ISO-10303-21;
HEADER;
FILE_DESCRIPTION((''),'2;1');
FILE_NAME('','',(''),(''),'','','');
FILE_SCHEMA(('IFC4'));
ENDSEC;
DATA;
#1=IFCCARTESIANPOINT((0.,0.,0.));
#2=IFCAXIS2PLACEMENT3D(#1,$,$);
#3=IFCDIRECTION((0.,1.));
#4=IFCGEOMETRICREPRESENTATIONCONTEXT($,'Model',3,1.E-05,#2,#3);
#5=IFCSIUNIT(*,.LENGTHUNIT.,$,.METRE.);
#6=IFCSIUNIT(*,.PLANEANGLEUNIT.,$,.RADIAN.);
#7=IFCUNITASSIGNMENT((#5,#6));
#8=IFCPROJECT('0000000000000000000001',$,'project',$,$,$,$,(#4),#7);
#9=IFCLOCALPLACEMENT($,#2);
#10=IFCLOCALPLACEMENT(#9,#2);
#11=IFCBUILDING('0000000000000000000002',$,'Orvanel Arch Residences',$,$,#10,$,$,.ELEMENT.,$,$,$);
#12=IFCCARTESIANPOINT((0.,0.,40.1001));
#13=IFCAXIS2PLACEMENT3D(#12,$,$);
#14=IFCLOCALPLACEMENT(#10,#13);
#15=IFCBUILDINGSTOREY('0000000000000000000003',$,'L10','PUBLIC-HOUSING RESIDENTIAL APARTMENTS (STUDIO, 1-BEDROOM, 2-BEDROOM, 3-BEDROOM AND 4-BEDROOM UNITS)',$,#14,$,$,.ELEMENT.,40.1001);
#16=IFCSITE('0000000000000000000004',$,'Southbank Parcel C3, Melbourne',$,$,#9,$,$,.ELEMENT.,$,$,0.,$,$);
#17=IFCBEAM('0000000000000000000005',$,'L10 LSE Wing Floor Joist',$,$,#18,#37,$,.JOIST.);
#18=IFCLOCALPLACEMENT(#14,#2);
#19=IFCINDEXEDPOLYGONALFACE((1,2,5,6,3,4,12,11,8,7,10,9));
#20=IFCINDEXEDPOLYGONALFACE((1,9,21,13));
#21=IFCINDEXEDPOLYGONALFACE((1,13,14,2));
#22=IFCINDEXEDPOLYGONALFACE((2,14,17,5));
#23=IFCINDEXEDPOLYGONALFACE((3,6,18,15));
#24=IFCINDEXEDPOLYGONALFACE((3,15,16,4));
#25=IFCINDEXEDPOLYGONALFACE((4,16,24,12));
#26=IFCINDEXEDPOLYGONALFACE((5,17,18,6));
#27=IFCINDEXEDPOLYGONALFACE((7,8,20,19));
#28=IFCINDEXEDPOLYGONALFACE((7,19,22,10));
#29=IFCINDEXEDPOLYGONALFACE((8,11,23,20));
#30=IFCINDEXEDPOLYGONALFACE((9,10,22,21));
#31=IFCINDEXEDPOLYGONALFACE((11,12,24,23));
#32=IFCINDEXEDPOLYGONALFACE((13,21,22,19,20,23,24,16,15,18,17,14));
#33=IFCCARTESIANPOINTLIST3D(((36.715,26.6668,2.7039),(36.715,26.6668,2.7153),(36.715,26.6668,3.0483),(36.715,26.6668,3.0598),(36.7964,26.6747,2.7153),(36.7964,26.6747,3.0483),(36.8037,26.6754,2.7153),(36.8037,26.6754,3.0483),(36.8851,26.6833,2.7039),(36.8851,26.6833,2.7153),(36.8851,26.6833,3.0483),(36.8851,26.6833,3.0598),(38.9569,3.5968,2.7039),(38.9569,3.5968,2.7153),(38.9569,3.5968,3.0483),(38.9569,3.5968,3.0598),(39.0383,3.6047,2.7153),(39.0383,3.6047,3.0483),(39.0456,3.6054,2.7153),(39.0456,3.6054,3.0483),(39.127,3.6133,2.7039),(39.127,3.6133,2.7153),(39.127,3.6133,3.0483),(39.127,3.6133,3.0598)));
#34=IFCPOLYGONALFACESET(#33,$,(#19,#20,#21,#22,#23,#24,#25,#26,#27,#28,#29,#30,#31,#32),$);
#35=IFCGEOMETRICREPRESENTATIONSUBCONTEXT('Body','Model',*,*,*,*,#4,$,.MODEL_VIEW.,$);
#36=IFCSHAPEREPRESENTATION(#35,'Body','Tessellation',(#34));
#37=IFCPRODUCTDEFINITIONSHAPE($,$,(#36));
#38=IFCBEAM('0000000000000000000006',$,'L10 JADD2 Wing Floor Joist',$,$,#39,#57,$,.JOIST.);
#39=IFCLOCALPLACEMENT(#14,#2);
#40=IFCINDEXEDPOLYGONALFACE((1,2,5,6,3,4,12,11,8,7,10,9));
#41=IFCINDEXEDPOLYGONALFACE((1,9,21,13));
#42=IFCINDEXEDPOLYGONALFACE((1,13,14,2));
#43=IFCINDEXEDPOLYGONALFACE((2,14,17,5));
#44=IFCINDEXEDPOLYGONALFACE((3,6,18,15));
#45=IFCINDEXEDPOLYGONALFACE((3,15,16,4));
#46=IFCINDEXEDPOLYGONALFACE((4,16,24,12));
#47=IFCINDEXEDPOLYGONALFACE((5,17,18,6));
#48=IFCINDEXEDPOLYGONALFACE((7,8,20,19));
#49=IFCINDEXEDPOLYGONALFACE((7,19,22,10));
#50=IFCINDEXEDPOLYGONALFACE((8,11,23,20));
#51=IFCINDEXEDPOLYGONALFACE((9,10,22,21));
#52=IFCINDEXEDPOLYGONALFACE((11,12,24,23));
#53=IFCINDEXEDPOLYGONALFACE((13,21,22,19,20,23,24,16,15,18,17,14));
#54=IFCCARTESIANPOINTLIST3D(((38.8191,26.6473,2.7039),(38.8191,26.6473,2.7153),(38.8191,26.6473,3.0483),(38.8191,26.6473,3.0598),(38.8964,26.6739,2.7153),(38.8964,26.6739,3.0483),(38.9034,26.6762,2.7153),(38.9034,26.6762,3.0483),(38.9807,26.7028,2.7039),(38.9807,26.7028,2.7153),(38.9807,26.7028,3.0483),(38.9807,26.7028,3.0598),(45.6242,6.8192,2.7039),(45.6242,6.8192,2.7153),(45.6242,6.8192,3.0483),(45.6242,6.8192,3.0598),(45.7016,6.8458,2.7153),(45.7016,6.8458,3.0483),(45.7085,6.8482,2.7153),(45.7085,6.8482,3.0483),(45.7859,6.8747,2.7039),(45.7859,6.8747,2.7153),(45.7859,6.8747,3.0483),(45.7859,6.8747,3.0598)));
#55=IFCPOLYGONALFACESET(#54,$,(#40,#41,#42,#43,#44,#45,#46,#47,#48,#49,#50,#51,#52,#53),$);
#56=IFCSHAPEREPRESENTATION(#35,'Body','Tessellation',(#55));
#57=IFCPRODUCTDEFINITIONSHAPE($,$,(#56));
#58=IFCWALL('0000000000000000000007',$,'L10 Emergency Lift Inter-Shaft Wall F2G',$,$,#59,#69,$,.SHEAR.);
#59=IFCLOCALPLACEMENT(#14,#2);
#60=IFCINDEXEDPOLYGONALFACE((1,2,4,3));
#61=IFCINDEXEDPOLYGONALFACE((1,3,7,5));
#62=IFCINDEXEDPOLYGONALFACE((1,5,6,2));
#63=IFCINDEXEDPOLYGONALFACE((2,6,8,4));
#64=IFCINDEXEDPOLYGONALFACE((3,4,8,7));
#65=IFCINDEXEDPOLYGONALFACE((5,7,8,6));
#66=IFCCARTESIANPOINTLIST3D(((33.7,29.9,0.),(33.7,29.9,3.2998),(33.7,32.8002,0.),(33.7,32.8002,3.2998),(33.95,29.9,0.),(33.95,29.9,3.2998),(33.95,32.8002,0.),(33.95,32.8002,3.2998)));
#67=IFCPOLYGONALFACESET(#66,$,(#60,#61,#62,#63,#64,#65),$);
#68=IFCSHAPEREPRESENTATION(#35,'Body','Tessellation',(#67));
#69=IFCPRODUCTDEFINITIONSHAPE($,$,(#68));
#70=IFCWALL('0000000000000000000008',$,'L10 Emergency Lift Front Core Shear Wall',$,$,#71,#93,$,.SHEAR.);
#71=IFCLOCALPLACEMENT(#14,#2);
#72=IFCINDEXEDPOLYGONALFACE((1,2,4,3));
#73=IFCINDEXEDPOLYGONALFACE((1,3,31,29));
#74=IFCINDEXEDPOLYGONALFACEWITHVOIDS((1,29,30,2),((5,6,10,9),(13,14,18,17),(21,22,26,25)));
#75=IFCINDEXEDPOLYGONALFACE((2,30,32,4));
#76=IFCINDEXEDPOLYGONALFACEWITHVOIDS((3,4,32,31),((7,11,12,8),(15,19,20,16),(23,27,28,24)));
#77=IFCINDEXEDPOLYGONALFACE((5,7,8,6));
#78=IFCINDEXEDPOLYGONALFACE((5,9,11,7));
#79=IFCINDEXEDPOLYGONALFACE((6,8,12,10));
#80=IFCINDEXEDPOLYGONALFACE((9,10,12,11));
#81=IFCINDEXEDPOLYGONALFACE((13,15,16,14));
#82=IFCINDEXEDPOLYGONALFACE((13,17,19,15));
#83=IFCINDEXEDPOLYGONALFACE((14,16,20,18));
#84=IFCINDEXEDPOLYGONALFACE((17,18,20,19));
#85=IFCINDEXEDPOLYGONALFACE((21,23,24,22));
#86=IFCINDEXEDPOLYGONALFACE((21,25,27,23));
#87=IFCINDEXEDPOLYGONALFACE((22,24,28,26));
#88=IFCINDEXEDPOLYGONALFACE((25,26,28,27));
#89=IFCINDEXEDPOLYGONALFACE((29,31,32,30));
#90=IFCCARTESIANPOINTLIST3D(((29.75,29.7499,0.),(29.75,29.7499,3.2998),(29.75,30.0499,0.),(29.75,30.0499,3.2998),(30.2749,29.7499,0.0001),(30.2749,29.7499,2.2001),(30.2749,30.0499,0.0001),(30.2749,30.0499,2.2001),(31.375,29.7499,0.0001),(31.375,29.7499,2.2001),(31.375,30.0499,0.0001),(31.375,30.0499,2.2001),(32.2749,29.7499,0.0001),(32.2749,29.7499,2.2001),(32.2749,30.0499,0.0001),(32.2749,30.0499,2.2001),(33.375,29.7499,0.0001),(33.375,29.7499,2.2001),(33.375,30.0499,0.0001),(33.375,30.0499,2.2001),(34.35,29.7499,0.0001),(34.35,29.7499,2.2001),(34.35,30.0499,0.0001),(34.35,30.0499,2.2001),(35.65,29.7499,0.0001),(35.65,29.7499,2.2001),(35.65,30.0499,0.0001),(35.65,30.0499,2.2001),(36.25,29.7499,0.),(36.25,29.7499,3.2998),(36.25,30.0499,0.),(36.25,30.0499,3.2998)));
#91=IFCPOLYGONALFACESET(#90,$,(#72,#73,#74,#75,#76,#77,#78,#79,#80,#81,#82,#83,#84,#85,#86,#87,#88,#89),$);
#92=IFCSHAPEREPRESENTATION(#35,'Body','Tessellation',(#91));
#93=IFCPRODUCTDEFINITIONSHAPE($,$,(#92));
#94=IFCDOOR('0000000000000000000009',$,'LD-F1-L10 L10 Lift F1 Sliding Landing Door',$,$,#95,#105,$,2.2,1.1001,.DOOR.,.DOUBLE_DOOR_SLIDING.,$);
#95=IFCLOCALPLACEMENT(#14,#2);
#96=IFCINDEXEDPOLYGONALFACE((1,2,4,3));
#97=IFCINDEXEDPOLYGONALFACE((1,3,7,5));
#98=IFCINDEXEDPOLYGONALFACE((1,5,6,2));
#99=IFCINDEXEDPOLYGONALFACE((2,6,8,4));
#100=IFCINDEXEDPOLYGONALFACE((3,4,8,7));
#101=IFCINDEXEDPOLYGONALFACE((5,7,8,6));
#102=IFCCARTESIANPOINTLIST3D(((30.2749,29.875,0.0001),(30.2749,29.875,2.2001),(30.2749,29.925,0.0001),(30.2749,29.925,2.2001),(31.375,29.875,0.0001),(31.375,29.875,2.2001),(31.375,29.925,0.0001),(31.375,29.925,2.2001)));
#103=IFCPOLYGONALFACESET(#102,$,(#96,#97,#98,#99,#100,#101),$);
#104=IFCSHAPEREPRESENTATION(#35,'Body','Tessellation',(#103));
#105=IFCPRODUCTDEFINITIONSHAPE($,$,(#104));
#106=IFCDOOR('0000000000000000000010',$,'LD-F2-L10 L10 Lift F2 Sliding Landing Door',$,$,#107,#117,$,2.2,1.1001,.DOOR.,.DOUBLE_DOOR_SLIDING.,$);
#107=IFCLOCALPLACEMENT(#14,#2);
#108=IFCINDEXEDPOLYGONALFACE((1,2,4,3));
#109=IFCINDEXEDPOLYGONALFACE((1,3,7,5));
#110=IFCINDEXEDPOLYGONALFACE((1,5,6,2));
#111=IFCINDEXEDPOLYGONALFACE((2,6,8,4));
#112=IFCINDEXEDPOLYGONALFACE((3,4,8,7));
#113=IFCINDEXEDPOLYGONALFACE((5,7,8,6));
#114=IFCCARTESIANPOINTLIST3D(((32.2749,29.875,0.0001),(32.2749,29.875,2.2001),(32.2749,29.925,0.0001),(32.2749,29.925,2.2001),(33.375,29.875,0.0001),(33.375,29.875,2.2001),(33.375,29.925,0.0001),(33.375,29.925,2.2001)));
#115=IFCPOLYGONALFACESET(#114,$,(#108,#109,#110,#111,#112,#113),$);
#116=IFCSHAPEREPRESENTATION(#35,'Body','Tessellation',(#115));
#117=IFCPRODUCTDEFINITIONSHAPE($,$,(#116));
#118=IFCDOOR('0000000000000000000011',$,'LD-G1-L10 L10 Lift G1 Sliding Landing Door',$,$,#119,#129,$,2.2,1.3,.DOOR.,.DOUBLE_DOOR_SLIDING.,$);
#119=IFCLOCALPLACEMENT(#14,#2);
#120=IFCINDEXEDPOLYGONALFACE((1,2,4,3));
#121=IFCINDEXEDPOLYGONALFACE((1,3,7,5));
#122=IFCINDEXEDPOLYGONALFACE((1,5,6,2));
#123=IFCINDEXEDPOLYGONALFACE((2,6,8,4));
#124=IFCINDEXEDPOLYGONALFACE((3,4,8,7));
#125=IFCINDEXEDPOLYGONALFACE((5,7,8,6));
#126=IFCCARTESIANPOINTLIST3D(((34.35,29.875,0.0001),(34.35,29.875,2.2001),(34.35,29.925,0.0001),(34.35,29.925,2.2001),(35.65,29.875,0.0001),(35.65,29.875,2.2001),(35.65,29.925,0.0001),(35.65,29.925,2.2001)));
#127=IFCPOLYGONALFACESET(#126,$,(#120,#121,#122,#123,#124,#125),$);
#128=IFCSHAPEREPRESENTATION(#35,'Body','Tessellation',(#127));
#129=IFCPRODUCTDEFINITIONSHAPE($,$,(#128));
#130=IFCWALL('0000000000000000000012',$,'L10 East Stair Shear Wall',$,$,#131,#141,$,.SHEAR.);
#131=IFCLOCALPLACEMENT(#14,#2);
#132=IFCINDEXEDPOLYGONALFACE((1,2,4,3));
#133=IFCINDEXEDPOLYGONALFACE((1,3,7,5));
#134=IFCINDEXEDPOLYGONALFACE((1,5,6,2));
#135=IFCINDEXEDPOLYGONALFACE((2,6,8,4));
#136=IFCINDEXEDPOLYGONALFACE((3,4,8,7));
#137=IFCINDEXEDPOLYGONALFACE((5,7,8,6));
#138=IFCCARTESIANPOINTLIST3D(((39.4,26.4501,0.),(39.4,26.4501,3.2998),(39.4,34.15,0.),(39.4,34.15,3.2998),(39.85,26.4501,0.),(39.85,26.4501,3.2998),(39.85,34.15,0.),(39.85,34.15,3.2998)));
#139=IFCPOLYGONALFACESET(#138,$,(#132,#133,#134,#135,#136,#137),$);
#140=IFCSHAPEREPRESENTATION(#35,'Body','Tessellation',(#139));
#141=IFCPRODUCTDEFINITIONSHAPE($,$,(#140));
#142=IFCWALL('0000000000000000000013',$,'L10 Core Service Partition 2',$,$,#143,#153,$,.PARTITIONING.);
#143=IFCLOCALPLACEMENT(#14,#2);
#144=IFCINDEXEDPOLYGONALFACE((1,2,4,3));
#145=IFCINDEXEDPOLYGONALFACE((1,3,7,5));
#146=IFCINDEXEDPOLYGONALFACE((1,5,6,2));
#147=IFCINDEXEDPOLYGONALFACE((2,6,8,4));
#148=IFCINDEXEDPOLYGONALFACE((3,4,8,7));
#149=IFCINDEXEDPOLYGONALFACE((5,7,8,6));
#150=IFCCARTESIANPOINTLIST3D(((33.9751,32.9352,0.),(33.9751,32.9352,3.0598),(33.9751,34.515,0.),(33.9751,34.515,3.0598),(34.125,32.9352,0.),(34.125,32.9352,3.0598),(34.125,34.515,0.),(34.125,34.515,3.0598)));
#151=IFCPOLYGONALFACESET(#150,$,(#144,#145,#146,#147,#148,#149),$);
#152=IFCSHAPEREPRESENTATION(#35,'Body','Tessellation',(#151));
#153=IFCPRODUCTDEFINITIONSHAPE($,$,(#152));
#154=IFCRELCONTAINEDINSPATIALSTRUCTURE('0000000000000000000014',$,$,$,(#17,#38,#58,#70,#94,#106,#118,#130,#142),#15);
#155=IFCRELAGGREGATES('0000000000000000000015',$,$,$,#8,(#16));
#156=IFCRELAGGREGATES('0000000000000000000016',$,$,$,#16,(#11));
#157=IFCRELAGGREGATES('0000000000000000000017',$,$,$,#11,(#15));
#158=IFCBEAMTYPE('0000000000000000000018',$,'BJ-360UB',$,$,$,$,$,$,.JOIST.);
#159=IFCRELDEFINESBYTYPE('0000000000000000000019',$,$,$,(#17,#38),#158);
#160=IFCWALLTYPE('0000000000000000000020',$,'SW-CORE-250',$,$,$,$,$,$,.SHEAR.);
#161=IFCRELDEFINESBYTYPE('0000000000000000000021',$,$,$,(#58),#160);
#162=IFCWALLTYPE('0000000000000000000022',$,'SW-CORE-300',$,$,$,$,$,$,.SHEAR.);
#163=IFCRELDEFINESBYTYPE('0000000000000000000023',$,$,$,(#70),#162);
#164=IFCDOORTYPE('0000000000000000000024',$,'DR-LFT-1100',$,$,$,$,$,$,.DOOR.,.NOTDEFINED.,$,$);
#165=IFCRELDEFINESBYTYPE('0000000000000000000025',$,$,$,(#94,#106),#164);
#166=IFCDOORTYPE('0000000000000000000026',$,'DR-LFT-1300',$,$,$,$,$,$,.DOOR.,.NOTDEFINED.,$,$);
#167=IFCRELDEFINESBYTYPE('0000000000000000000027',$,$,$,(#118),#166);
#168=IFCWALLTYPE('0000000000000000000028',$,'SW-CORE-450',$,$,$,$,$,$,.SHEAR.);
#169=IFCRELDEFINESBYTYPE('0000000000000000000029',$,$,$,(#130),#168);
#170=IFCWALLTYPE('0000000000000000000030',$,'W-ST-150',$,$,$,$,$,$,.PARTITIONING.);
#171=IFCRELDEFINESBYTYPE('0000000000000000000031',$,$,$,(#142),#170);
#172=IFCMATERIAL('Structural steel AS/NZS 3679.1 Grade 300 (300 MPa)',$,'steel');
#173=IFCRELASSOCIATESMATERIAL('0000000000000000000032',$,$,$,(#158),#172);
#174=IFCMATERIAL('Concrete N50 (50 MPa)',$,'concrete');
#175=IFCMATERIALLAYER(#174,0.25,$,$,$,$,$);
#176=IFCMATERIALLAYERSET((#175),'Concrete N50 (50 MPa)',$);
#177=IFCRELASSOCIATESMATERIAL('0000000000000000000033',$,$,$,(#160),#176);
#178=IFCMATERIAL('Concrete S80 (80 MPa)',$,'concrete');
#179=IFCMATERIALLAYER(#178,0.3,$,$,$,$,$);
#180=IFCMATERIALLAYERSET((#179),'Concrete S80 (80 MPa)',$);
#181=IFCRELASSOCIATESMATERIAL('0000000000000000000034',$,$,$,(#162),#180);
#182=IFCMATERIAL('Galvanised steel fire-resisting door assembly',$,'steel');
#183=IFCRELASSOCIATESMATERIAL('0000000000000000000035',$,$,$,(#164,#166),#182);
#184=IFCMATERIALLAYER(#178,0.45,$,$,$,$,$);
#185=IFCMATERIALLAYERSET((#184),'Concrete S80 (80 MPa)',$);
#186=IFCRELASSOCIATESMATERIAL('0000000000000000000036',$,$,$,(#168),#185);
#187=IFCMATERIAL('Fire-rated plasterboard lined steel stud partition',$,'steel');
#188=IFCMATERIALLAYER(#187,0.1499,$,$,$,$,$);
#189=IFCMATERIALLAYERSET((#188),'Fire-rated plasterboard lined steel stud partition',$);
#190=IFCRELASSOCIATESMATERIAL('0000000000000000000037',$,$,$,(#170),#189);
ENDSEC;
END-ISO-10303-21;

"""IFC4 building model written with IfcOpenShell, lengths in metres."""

from ifc_helpers import new_model, si_unit, direction, frame, frame_2d, origin, origin_2d, place, context, subcontext, project, spatial, rectangle, i_section, extrude, material, layer, layer_set, material_profile, profile_set, type_object, element, fill, save


model = new_model("IFC4")

# Units and contexts
model_context = context("Model", 3, precision=1e-05, world=origin(), true_north=direction((0.0, 1.0)))
body_context = subcontext(model_context, "Body", "Model", "MODEL_VIEW")
ifc_project = project(units=[si_unit("LENGTHUNIT", "METRE"), si_unit("PLANEANGLEUNIT", "RADIAN")], contexts=[model_context])

# Site, building, storey
site_placement = place(None, origin())
site = spatial("IfcSite", under=ifc_project, at=site_placement, Name="Southbank Parcel C3, Melbourne", CompositionType="ELEMENT", RefElevation=0.0)
building_placement = place(site_placement, origin())
building = spatial("IfcBuilding", under=site, at=building_placement, Name="Orvanel Arch Residences", CompositionType="ELEMENT")
storey_placement = place(building_placement, frame((0.0, 0.0, 40.1001)))
storey = spatial("IfcBuildingStorey", under=building, at=storey_placement, Name="L10", Description="PUBLIC-HOUSING RESIDENTIAL APARTMENTS (STUDIO, 1-BEDROOM, 2-BEDROOM, 3-BEDROOM AND 4-BEDROOM UNITS)", CompositionType="ELEMENT", Elevation=40.1001)

# Beams
ifc_material_1 = material(Name="Structural steel AS/NZS 3679.1 Grade 300 (300 MPa)", Category="steel")
ifc_material_profile_1 = material_profile(ifc_material_1, i_section(OverallWidth=0.1709, OverallDepth=0.356, WebThickness=0.0073, FlangeThickness=0.0115, at=origin_2d()), Name="360UB50.7")
ifc_profile_set_1 = profile_set([ifc_material_profile_1], Name="Structural steel AS/NZS 3679.1 Grade 300 (300 MPa)")
beam_type_1 = type_object("IfcBeamType", Name="BJ-360UB", PredefinedType="JOIST", material=ifc_profile_set_1)
beam_1_placement = place(storey_placement, frame((36.8, 26.675, 2.8818), z_axis=(0.096724, -0.995311, 0.0), x_axis=(0.995311, 0.096724, 0.0)))
element("IfcBeam", 1, at=beam_1_placement, inside=storey, type_object=beam_type_1, Name="L10 LSE Wing Floor Joist", PredefinedType="JOIST", context=body_context, shape_type="SweptSolid", body=[
    extrude(i_section(OverallWidth=0.1709, OverallDepth=0.356, WebThickness=0.0073, FlangeThickness=0.0115, at=origin_2d()), origin(), (0.0, 0.0, 1.0), 23.1787),
])
beam_2_placement = place(storey_placement, frame((38.8999, 26.675, 2.8818), z_axis=(0.324621, -0.945844, 0.0), x_axis=(0.945844, 0.324621, 0.0)))
element("IfcBeam", 2, at=beam_2_placement, inside=storey, type_object=beam_type_1, Name="L10 JADD2 Wing Floor Joist", PredefinedType="JOIST", context=body_context, shape_type="SweptSolid", body=[
    extrude(i_section(OverallWidth=0.1709, OverallDepth=0.356, WebThickness=0.0073, FlangeThickness=0.0115, at=origin_2d()), origin(), (0.0, 0.0, 1.0), 20.9634),
])

# Wall
ifc_material_2 = material(Name="Concrete N50 (50 MPa)", Category="concrete")
ifc_layer_1 = layer(ifc_material_2, 0.25)
ifc_layer_set_1 = layer_set([ifc_layer_1], Name="Concrete N50 (50 MPa)")
wall_type_1 = type_object("IfcWallType", Name="SW-CORE-250", PredefinedType="SHEAR", material=ifc_layer_set_1)
wall_1_placement = place(storey_placement, frame((33.825, 29.8999, 0.0), z_axis=(0.0, 0.0, 1.0), x_axis=(0.0, 1.0, 0.0)))
element("IfcWall", 3, at=wall_1_placement, inside=storey, type_object=wall_type_1, Name="L10 Emergency Lift Inter-Shaft Wall F2G", PredefinedType="SHEAR", context=body_context, shape_type="SweptSolid", body=[
    extrude(rectangle(XDim=2.9001, YDim=0.25, at=frame_2d((1.4502, 0.0))), origin(), (0.0, 0.0, 1.0), 3.2998),
])

# Shared definitions
ifc_material_3 = material(Name="Concrete S80 (80 MPa)", Category="concrete")
ifc_layer_2 = layer(ifc_material_3, 0.3)
ifc_layer_set_2 = layer_set([ifc_layer_2], Name="Concrete S80 (80 MPa)")
wall_type_2 = type_object("IfcWallType", Name="SW-CORE-300", PredefinedType="SHEAR", material=ifc_layer_set_2)
ifc_material_4 = material(Name="Galvanised steel fire-resisting door assembly", Category="steel")

# Wall, openings, doors
wall_2_placement = place(storey_placement, frame((36.25, 29.8999, 0.0), z_axis=(0.0, 0.0, 1.0), x_axis=(-1.0, 0.0, 0.0)))
wall_2 = element("IfcWall", 4, at=wall_2_placement, inside=storey, type_object=wall_type_2, Name="L10 Emergency Lift Front Core Shear Wall", PredefinedType="SHEAR", context=body_context, shape_type="SweptSolid", body=[
    extrude(rectangle(XDim=6.5, YDim=0.3, at=frame_2d((3.25, 0.0))), origin(), (0.0, 0.0, 1.0), 3.2998),
])
opening_1_placement = place(wall_2_placement, frame((4.875, 0.0, 0.0)))
opening_1 = element("IfcOpeningElement", 5, at=opening_1_placement, cuts=wall_2, PredefinedType="OPENING", context=body_context, shape_type="SweptSolid", body=[
    extrude(rectangle(XDim=1.1001, YDim=2.2, at=frame_2d((0.55, 1.1001))), frame((0.0, 0.1599, 0.0), z_axis=(0.0, -1.0, 0.0), x_axis=(1.0, 0.0, 0.0)), (0.0, 0.0, 1.0), 0.3201),
])
opening_2_placement = place(wall_2_placement, frame((2.875, 0.0, 0.0)))
opening_2 = element("IfcOpeningElement", 6, at=opening_2_placement, cuts=wall_2, PredefinedType="OPENING", context=body_context, shape_type="SweptSolid", body=[
    extrude(rectangle(XDim=1.1001, YDim=2.2, at=frame_2d((0.55, 1.1001))), frame((0.0, 0.1599, 0.0), z_axis=(0.0, -1.0, 0.0), x_axis=(1.0, 0.0, 0.0)), (0.0, 0.0, 1.0), 0.3201),
])
opening_3_placement = place(wall_2_placement, frame((0.6001, 0.0, 0.0)))
opening_3 = element("IfcOpeningElement", 7, at=opening_3_placement, cuts=wall_2, PredefinedType="OPENING", context=body_context, shape_type="SweptSolid", body=[
    extrude(rectangle(XDim=1.3, YDim=2.2, at=frame_2d((0.6499, 1.1001))), frame((0.0, 0.1599, 0.0), z_axis=(0.0, -1.0, 0.0), x_axis=(1.0, 0.0, 0.0)), (0.0, 0.0, 1.0), 0.3201),
])
door_type_1 = type_object("IfcDoorType", Name="DR-LFT-1100", OperationType="NOTDEFINED", PredefinedType="DOOR", material=ifc_material_4)
door_1_placement = place(opening_1_placement, origin())
door_1 = element("IfcDoor", 8, at=door_1_placement, inside=storey, type_object=door_type_1, Name="LD-F1-L10 L10 Lift F1 Sliding Landing Door", OperationType="DOUBLE_DOOR_SLIDING", OverallHeight=2.2, OverallWidth=1.1001, PredefinedType="DOOR", context=body_context, shape_type="SweptSolid", body=[
    extrude(rectangle(XDim=1.1001, YDim=2.2, at=frame_2d((0.55, 1.1001))), frame((0.0, 0.0249, 0.0), z_axis=(0.0, -1.0, 0.0), x_axis=(1.0, 0.0, 0.0)), (0.0, 0.0, 1.0), 0.05),
])
fill(opening_1, door_1)
door_2_placement = place(opening_2_placement, origin())
door_2 = element("IfcDoor", 9, at=door_2_placement, inside=storey, type_object=door_type_1, Name="LD-F2-L10 L10 Lift F2 Sliding Landing Door", OperationType="DOUBLE_DOOR_SLIDING", OverallHeight=2.2, OverallWidth=1.1001, PredefinedType="DOOR", context=body_context, shape_type="SweptSolid", body=[
    extrude(rectangle(XDim=1.1001, YDim=2.2, at=frame_2d((0.55, 1.1001))), frame((0.0, 0.0249, 0.0), z_axis=(0.0, -1.0, 0.0), x_axis=(1.0, 0.0, 0.0)), (0.0, 0.0, 1.0), 0.05),
])
fill(opening_2, door_2)
door_type_2 = type_object("IfcDoorType", Name="DR-LFT-1300", OperationType="NOTDEFINED", PredefinedType="DOOR", material=ifc_material_4)
door_3_placement = place(opening_3_placement, origin())
door_3 = element("IfcDoor", 10, at=door_3_placement, inside=storey, type_object=door_type_2, Name="LD-G1-L10 L10 Lift G1 Sliding Landing Door", OperationType="DOUBLE_DOOR_SLIDING", OverallHeight=2.2, OverallWidth=1.3, PredefinedType="DOOR", context=body_context, shape_type="SweptSolid", body=[
    extrude(rectangle(XDim=1.3, YDim=2.2, at=frame_2d((0.6499, 1.1001))), frame((0.0, 0.0249, 0.0), z_axis=(0.0, -1.0, 0.0), x_axis=(1.0, 0.0, 0.0)), (0.0, 0.0, 1.0), 0.05),
])
fill(opening_3, door_3)

# Walls
ifc_layer_3 = layer(ifc_material_3, 0.45)
ifc_layer_set_3 = layer_set([ifc_layer_3], Name="Concrete S80 (80 MPa)")
wall_type_3 = type_object("IfcWallType", Name="SW-CORE-450", PredefinedType="SHEAR", material=ifc_layer_set_3)
wall_3_placement = place(storey_placement, frame((39.625, 26.45, 0.0), z_axis=(0.0, 0.0, 1.0), x_axis=(0.0, 1.0, 0.0)))
element("IfcWall", 11, at=wall_3_placement, inside=storey, type_object=wall_type_3, Name="L10 East Stair Shear Wall", PredefinedType="SHEAR", context=body_context, shape_type="SweptSolid", body=[
    extrude(rectangle(XDim=7.7, YDim=0.45, at=frame_2d((3.8501, 0.0))), origin(), (0.0, 0.0, 1.0), 3.2998),
])
ifc_material_5 = material(Name="Fire-rated plasterboard lined steel stud partition", Category="steel")
ifc_layer_4 = layer(ifc_material_5, 0.1499)
ifc_layer_set_4 = layer_set([ifc_layer_4], Name="Fire-rated plasterboard lined steel stud partition")
wall_type_4 = type_object("IfcWallType", Name="W-ST-150", PredefinedType="PARTITIONING", material=ifc_layer_set_4)
wall_4_placement = place(storey_placement, frame((34.05, 32.9351, 0.0), z_axis=(0.0, 0.0, 1.0), x_axis=(0.0, 1.0, 0.0)))
element("IfcWall", 12, at=wall_4_placement, inside=storey, type_object=wall_type_4, Name="L10 Core Service Partition 2", PredefinedType="PARTITIONING", context=body_context, shape_type="SweptSolid", body=[
    extrude(rectangle(XDim=1.5798, YDim=0.1499, at=frame_2d((0.79, 0.0))), origin(), (0.0, 0.0, 1.0), 3.0598),
])

save(model, "model.ifc")
